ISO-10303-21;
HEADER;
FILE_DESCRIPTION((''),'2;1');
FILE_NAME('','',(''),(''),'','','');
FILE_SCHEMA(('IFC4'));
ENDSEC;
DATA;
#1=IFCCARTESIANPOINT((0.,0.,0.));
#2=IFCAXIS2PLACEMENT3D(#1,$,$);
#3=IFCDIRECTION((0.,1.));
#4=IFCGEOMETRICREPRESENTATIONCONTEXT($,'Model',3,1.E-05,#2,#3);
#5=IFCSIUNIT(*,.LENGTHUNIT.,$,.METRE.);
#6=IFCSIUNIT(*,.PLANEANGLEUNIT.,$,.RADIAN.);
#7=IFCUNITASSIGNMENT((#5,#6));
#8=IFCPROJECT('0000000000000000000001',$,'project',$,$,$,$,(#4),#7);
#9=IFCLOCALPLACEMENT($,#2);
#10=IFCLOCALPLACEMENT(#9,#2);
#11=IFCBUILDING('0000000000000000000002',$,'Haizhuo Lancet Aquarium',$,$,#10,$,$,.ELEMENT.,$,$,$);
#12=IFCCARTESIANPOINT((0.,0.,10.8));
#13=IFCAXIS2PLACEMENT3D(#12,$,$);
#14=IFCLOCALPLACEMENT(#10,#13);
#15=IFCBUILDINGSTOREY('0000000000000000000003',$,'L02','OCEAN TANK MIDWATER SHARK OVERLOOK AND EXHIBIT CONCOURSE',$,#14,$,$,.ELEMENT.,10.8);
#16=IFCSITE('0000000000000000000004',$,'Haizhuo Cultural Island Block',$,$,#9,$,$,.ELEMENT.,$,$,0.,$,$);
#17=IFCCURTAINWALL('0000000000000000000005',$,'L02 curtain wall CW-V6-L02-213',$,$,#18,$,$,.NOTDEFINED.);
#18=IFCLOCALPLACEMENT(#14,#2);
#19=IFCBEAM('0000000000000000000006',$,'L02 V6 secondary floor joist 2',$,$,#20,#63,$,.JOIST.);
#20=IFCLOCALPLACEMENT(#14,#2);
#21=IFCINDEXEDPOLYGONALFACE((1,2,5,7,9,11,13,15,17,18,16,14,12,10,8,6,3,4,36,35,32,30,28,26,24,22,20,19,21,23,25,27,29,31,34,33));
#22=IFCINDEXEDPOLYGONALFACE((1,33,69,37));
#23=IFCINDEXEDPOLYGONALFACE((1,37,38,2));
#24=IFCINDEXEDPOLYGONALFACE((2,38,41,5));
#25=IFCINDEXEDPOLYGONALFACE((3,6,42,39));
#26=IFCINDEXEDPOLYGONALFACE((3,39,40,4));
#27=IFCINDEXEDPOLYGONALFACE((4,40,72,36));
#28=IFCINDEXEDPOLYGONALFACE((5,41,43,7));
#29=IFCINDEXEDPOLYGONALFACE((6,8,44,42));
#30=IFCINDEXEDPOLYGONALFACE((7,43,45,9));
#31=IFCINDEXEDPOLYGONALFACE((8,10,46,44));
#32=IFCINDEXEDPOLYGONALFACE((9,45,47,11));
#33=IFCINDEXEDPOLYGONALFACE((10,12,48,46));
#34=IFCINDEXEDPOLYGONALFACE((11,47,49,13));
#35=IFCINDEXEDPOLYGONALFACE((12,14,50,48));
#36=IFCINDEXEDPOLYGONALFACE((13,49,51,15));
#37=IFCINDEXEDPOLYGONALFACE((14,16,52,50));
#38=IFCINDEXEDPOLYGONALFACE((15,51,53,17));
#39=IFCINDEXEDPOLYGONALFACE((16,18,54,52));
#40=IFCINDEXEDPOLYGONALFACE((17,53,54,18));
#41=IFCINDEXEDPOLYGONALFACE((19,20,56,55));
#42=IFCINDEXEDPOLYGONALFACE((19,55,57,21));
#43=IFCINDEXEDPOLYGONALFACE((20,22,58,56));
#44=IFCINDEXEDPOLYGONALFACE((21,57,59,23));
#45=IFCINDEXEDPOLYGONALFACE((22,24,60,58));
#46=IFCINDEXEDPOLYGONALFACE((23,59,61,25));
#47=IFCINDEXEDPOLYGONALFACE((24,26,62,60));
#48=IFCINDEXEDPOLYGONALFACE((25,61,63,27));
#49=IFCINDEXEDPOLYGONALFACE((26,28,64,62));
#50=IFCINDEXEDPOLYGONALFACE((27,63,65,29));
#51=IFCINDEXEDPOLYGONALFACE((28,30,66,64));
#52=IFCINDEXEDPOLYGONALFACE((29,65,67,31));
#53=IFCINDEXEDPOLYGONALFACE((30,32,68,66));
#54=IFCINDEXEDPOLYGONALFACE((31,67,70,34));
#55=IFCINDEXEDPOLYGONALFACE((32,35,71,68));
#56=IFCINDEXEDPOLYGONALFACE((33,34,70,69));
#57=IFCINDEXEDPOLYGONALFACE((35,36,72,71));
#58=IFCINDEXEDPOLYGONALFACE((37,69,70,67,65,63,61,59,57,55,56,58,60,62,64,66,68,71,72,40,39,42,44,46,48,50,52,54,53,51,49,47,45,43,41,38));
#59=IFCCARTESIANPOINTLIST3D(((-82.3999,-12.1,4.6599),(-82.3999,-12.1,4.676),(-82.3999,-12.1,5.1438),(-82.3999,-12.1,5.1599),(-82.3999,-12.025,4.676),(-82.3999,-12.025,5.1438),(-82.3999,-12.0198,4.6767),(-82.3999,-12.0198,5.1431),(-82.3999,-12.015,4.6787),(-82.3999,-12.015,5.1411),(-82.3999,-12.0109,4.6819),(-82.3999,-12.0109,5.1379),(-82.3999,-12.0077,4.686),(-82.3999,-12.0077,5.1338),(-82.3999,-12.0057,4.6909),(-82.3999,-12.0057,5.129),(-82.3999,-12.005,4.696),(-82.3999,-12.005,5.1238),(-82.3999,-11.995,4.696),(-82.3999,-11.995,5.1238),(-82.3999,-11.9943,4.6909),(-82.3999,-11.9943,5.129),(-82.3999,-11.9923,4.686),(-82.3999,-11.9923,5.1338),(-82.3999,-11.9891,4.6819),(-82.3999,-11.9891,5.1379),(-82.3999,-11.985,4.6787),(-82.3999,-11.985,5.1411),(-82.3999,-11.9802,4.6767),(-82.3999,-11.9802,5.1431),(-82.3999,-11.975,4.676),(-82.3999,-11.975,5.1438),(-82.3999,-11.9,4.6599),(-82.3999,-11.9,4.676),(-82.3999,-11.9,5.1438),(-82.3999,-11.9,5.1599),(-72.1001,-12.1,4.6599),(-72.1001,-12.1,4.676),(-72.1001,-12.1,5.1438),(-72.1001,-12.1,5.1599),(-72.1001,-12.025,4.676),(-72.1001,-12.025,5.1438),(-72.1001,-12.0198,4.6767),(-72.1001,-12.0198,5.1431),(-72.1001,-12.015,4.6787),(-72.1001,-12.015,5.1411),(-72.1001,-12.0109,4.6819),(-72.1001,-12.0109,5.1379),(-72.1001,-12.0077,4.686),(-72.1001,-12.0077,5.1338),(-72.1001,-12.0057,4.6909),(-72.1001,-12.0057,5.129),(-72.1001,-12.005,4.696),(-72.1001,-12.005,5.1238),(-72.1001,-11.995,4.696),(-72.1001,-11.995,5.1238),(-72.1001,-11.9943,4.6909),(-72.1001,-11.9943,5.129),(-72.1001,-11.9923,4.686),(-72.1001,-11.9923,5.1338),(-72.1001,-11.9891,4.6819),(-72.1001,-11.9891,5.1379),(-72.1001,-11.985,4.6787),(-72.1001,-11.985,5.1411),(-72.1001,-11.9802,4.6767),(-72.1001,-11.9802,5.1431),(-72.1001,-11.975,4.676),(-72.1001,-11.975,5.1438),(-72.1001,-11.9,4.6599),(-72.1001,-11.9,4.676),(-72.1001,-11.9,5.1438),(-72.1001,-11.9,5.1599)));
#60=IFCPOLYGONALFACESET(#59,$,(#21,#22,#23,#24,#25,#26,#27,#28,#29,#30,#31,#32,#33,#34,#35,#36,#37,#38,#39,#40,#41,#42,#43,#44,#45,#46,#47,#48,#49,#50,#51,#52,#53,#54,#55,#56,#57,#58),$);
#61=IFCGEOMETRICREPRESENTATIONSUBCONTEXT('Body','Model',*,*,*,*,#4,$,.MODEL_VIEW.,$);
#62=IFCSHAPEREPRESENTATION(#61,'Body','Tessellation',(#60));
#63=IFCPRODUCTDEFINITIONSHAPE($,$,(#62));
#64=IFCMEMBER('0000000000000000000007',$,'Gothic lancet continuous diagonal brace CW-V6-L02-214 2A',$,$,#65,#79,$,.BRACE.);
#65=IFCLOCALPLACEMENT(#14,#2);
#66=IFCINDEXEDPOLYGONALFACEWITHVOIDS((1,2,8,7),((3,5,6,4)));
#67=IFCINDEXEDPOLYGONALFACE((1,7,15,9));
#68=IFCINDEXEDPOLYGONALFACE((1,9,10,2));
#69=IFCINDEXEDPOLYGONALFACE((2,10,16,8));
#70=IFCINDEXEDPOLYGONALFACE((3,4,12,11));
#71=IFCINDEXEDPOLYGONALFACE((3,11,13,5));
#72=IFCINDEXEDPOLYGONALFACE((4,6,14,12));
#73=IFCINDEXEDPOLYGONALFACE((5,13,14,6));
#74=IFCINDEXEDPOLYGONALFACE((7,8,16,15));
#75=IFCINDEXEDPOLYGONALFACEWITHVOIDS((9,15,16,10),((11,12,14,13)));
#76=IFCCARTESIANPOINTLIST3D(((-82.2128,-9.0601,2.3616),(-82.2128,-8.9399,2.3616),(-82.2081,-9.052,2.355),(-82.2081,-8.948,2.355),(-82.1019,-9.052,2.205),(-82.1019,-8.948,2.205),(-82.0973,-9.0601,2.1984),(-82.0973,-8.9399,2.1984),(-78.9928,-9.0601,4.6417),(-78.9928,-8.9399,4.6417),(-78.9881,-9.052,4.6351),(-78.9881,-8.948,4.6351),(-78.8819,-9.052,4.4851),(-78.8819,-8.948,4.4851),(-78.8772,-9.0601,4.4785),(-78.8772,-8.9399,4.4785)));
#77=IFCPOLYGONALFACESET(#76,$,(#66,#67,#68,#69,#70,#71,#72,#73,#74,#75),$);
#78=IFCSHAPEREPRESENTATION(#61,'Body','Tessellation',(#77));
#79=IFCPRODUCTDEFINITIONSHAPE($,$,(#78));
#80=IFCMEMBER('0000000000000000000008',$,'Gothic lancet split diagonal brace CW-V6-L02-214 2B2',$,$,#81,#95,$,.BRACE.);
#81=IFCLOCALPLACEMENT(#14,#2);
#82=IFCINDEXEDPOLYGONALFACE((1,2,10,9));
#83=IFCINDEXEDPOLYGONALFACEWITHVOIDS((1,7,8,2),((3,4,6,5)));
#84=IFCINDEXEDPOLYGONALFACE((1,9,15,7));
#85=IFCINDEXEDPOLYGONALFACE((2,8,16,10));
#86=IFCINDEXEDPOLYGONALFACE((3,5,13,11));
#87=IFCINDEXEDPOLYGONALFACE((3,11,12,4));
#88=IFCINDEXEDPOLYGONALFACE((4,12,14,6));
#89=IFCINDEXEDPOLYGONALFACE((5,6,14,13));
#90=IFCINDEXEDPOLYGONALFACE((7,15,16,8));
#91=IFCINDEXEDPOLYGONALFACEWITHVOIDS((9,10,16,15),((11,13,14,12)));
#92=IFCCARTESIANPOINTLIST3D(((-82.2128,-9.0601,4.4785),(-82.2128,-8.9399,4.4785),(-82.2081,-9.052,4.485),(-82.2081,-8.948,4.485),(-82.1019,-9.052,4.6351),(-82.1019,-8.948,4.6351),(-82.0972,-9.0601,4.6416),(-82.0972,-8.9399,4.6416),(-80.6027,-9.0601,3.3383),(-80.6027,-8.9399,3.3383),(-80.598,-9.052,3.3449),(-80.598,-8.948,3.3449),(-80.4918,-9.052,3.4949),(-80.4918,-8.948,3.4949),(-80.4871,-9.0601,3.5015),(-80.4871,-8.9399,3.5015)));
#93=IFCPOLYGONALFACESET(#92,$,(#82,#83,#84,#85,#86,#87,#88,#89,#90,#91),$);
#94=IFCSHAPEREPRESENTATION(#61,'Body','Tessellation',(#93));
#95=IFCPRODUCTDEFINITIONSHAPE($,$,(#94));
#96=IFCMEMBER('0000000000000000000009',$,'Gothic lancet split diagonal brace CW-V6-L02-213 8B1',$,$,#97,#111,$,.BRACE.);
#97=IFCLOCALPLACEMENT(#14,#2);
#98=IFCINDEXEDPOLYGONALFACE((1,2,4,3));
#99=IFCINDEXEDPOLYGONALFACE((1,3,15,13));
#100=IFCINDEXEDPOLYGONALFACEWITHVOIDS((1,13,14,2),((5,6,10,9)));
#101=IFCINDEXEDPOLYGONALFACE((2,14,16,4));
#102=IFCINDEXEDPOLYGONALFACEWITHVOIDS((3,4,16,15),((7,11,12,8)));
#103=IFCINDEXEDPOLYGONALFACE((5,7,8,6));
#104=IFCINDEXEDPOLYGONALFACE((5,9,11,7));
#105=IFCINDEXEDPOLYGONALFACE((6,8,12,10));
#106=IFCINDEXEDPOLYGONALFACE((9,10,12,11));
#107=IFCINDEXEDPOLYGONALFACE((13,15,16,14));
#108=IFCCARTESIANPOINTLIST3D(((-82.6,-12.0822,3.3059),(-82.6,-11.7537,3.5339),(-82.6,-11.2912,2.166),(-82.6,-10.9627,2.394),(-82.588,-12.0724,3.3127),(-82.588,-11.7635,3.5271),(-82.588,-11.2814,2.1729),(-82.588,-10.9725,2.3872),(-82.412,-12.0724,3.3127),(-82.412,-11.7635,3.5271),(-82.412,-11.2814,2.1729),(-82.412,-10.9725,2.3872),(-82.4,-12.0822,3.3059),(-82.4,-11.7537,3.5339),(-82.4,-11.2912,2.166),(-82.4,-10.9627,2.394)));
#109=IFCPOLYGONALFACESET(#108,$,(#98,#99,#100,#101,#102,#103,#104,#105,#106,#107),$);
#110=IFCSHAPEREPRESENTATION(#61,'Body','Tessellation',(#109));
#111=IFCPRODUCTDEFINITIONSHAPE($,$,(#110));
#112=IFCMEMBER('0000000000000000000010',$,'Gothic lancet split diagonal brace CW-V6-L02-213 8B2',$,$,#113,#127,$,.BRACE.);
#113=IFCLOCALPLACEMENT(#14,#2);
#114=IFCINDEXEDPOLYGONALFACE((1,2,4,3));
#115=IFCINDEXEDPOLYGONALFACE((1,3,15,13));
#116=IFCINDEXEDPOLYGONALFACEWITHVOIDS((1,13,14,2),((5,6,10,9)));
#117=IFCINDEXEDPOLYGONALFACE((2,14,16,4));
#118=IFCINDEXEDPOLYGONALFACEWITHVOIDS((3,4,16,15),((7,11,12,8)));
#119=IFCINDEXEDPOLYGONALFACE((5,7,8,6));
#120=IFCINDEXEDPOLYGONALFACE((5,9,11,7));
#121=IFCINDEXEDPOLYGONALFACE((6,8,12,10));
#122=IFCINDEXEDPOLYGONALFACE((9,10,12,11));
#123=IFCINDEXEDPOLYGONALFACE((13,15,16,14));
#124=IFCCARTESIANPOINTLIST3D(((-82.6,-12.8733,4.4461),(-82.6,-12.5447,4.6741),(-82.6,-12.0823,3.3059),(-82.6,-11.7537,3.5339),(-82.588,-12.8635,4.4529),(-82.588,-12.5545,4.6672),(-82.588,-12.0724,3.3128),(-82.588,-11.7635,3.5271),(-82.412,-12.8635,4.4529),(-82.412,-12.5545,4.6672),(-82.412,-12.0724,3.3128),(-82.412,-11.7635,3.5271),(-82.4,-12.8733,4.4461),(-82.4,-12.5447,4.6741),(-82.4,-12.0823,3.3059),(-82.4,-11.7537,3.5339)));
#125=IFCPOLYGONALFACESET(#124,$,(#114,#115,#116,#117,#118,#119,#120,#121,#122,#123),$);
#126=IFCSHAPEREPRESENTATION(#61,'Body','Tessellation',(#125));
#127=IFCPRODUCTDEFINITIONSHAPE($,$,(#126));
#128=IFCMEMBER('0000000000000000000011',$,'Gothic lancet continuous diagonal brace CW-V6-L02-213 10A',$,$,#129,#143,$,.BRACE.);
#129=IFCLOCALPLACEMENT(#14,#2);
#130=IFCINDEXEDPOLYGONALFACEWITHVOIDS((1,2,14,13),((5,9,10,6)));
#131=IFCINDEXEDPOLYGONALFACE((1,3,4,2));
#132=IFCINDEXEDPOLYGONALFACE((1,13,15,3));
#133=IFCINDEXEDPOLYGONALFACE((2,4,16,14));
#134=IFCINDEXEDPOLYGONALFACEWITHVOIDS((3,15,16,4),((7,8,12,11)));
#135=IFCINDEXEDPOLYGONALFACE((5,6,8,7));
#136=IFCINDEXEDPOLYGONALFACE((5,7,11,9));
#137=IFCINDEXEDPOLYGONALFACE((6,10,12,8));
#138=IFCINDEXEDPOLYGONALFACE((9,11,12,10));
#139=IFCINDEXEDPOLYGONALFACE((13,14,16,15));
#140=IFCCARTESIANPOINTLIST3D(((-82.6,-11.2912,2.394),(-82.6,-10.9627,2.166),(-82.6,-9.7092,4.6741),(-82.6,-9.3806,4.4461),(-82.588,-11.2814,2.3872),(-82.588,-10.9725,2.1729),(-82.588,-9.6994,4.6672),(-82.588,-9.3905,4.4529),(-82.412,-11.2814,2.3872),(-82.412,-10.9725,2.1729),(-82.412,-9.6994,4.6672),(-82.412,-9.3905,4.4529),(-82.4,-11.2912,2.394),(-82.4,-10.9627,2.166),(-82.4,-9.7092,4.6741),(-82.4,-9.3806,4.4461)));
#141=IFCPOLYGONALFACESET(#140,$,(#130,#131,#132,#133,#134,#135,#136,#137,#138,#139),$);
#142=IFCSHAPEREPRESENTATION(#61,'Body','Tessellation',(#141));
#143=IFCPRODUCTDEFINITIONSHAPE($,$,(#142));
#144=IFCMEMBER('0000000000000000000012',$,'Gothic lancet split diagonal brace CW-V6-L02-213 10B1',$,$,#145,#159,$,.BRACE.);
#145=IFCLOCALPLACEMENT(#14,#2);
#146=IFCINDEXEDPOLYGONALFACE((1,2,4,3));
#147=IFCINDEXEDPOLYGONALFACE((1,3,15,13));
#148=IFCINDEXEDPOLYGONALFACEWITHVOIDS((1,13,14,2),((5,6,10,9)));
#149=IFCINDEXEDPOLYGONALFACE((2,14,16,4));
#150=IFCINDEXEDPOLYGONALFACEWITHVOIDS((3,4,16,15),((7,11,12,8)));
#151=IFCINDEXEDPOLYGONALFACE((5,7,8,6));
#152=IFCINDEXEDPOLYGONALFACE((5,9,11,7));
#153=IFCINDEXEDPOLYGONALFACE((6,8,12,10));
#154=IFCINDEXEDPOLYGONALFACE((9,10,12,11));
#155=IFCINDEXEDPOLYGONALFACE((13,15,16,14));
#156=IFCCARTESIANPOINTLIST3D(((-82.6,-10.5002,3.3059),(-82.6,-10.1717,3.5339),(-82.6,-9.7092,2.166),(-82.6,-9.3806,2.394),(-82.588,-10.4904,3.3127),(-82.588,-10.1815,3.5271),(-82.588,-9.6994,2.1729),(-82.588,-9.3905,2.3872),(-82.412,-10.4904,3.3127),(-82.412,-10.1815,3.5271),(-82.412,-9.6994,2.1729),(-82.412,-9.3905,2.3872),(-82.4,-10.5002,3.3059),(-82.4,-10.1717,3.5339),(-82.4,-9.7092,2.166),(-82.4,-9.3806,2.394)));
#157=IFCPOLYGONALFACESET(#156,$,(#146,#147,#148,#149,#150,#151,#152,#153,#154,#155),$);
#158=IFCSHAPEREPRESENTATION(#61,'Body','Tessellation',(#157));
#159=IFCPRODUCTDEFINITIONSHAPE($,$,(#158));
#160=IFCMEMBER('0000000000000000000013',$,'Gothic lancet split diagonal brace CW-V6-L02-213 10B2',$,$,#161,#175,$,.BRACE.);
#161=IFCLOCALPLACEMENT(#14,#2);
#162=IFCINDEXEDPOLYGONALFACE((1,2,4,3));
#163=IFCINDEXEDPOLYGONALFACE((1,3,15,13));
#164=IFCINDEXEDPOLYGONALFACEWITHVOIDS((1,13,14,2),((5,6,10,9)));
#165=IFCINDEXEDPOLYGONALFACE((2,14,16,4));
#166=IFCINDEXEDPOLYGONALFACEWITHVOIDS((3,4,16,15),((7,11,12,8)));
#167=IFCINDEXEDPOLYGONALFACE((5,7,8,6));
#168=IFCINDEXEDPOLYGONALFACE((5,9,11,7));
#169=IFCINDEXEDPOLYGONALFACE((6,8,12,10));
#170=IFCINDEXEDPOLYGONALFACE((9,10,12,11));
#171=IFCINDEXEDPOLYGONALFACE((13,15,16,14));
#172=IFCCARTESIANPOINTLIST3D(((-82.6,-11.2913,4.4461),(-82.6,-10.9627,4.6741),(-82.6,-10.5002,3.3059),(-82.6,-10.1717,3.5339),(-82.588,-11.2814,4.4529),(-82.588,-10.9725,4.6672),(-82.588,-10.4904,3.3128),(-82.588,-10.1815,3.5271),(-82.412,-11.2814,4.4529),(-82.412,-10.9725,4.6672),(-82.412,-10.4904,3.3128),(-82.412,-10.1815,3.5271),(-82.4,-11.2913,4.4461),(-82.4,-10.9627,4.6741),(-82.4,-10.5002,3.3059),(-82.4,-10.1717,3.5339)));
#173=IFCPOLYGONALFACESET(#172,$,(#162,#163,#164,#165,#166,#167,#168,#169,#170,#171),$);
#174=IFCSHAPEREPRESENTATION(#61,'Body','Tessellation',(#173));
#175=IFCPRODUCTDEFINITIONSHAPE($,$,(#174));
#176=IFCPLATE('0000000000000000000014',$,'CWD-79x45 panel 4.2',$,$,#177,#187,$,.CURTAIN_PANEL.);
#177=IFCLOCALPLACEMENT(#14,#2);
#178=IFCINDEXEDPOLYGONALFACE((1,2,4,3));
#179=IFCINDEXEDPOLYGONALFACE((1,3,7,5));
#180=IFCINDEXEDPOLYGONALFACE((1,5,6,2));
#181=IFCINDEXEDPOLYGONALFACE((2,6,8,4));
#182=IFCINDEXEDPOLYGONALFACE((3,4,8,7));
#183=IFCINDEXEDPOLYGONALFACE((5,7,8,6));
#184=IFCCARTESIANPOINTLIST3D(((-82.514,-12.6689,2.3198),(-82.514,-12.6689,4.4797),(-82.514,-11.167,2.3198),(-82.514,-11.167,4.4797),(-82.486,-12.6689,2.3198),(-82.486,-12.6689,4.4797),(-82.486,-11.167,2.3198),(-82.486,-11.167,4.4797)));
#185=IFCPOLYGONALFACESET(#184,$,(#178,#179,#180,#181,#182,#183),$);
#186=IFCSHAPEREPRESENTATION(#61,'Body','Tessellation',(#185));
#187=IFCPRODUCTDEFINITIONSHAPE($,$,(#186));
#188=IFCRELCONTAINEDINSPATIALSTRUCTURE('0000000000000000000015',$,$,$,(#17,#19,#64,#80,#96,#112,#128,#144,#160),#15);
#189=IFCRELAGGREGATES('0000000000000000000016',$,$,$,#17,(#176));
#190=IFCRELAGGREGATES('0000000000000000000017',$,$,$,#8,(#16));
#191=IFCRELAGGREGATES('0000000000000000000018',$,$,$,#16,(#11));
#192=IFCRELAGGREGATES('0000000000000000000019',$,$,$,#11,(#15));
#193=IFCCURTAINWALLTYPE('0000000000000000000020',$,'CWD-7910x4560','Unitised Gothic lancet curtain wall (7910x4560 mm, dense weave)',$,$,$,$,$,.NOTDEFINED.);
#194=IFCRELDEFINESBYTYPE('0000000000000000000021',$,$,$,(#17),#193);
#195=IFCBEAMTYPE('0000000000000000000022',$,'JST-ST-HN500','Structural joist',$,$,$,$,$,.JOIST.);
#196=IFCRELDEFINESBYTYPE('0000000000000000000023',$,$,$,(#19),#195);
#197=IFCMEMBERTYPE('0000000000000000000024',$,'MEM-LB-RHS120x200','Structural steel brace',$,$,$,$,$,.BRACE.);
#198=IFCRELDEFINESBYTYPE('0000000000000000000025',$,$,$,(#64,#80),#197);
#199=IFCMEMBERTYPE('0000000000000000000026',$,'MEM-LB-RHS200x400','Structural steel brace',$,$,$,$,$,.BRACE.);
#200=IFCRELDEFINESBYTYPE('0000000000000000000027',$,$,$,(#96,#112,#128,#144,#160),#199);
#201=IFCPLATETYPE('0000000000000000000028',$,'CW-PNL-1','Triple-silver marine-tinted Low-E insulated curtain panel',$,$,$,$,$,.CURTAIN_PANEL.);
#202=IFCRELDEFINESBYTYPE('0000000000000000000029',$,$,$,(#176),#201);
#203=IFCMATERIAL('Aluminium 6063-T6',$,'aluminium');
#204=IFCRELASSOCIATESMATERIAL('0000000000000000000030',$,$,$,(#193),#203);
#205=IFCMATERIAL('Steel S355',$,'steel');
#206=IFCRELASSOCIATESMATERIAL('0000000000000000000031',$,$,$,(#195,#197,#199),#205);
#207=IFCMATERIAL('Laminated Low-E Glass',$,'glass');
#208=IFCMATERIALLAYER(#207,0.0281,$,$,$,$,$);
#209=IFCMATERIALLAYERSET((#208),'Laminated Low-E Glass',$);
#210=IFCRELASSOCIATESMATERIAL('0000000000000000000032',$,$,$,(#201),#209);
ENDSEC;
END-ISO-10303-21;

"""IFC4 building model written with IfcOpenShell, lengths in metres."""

from ifc_helpers import new_model, si_unit, direction, frame, origin, origin_2d, place, context, subcontext, project, spatial, rectangle, hollow_rectangle, i_section, extrude, material, layer, layer_set, material_profile, profile_set, type_object, element, aggregate, save


model = new_model("IFC4")

# Units and contexts
model_context = context("Model", 3, precision=1e-05, world=origin(), true_north=direction((0.0, 1.0)))
body_context = subcontext(model_context, "Body", "Model", "MODEL_VIEW")
ifc_project = project(units=[si_unit("LENGTHUNIT", "METRE"), si_unit("PLANEANGLEUNIT", "RADIAN")], contexts=[model_context])

# Site, building, storey
site_placement = place(None, origin())
site = spatial("IfcSite", under=ifc_project, at=site_placement, Name="Haizhuo Cultural Island Block", CompositionType="ELEMENT", RefElevation=0.0)
building_placement = place(site_placement, origin())
building = spatial("IfcBuilding", under=site, at=building_placement, Name="Haizhuo Lancet Aquarium", CompositionType="ELEMENT")
storey_placement = place(building_placement, frame((0.0, 0.0, 10.8)))
storey = spatial("IfcBuildingStorey", under=building, at=storey_placement, Name="L02", Description="OCEAN TANK MIDWATER SHARK OVERLOOK AND EXHIBIT CONCOURSE", CompositionType="ELEMENT", Elevation=10.8)

# Shared definitions
ifc_material_1 = material(Name="Steel S355", Category="steel")

# Curtain wall
ifc_material_2 = material(Name="Aluminium 6063-T6", Category="aluminium")
curtain_wall_type_1 = type_object("IfcCurtainWallType", Name="CWD-7910x4560", Description="Unitised Gothic lancet curtain wall (7910x4560 mm, dense weave)", PredefinedType="NOTDEFINED", material=ifc_material_2)
curtain_wall_1_placement = place(storey_placement, origin())
curtain_wall_1 = element("IfcCurtainWall", 1, at=curtain_wall_1_placement, inside=storey, type_object=curtain_wall_type_1, Name="L02 curtain wall CW-V6-L02-213", PredefinedType="NOTDEFINED")

# Beam
ifc_material_profile_1 = material_profile(ifc_material_1, i_section(OverallWidth=0.2, OverallDepth=0.5, WebThickness=0.01, FlangeThickness=0.0161, FilletRadius=0.02, at=origin_2d()), Name="HN 500x200x10x16")
ifc_profile_set_1 = profile_set([ifc_material_profile_1], Name="Steel S355")
beam_type_1 = type_object("IfcBeamType", Name="JST-ST-HN500", Description="Structural joist", PredefinedType="JOIST", material=ifc_profile_set_1)
beam_1_placement = place(storey_placement, frame((-82.3999, -12.0, 4.9099), z_axis=(1.0, 0.0, 0.0), x_axis=(0.0, 1.0, 0.0)))
element("IfcBeam", 2, at=beam_1_placement, inside=storey, type_object=beam_type_1, Name="L02 V6 secondary floor joist 2", PredefinedType="JOIST", context=body_context, shape_type="SweptSolid", body=[
    extrude(i_section(OverallWidth=0.2, OverallDepth=0.5, WebThickness=0.01, FlangeThickness=0.0161, FilletRadius=0.02, at=origin_2d()), origin(), (0.0, 0.0, 1.0), 10.2998),
])

# Members
ifc_material_profile_2 = material_profile(ifc_material_1, hollow_rectangle(XDim=0.1201, YDim=0.2, WallThickness=0.0081, at=origin_2d()), Name="RHS 120x200x8")
ifc_profile_set_2 = profile_set([ifc_material_profile_2], Name="Steel S355")
member_type_1 = type_object("IfcMemberType", Name="MEM-LB-RHS120x200", Description="Structural steel brace", PredefinedType="BRACE", material=ifc_profile_set_2)
member_1_placement = place(storey_placement, frame((-82.155, -9.0, 2.28), z_axis=(0.816118, 0.0, 0.577885), x_axis=(0.0, 1.0, 0.0)))
element("IfcMember", 3, at=member_1_placement, inside=storey, type_object=member_type_1, Name="Gothic lancet continuous diagonal brace CW-V6-L02-214 2A", PredefinedType="BRACE", context=body_context, shape_type="SweptSolid", body=[
    extrude(hollow_rectangle(XDim=0.1201, YDim=0.2, WallThickness=0.0081, at=origin_2d()), origin(), (0.0, 0.0, 1.0), 3.9456),
])
member_2_placement = place(storey_placement, frame((-80.5449, -9.0, 3.4199), z_axis=(-0.81611, 0.0, 0.577897), x_axis=(0.0, -1.0, 0.0)))
element("IfcMember", 4, at=member_2_placement, inside=storey, type_object=member_type_1, Name="Gothic lancet split diagonal brace CW-V6-L02-214 2B2", PredefinedType="BRACE", context=body_context, shape_type="SweptSolid", body=[
    extrude(hollow_rectangle(XDim=0.1201, YDim=0.2, WallThickness=0.0081, at=origin_2d()), origin(), (0.0, 0.0, 1.0), 1.9729),
])
ifc_material_profile_3 = material_profile(ifc_material_1, hollow_rectangle(XDim=0.2, YDim=0.3999, WallThickness=0.012, at=origin_2d()), Name="RHS 200x400x12")
ifc_profile_set_3 = profile_set([ifc_material_profile_3], Name="Steel S355")
member_type_2 = type_object("IfcMemberType", Name="MEM-LB-RHS200x400", Description="Structural steel brace", PredefinedType="BRACE", material=ifc_profile_set_3)
member_3_placement = place(storey_placement, frame((-82.5, -11.127, 2.28), z_axis=(0.0, -0.570115, 0.821565), x_axis=(1.0, 0.0, 0.0)))
element("IfcMember", 5, at=member_3_placement, inside=storey, type_object=member_type_2, Name="Gothic lancet split diagonal brace CW-V6-L02-213 8B1", PredefinedType="BRACE", context=body_context, shape_type="SweptSolid", body=[
    extrude(hollow_rectangle(XDim=0.2, YDim=0.3999, WallThickness=0.012, at=origin_2d()), origin(), (0.0, 0.0, 1.0), 1.3875),
])
member_4_placement = place(storey_placement, frame((-82.5, -11.918, 3.4199), z_axis=(0.0, -0.570033, 0.821622), x_axis=(1.0, 0.0, 0.0)))
element("IfcMember", 6, at=member_4_placement, inside=storey, type_object=member_type_2, Name="Gothic lancet split diagonal brace CW-V6-L02-213 8B2", PredefinedType="BRACE", context=body_context, shape_type="SweptSolid", body=[
    extrude(hollow_rectangle(XDim=0.2, YDim=0.3999, WallThickness=0.012, at=origin_2d()), origin(), (0.0, 0.0, 1.0), 1.3877),
])
member_5_placement = place(storey_placement, frame((-82.5, -11.127, 2.28), z_axis=(0.0, 0.570074, 0.821593), x_axis=(-1.0, 0.0, 0.0)))
element("IfcMember", 7, at=member_5_placement, inside=storey, type_object=member_type_2, Name="Gothic lancet continuous diagonal brace CW-V6-L02-213 10A", PredefinedType="BRACE", context=body_context, shape_type="SweptSolid", body=[
    extrude(hollow_rectangle(XDim=0.2, YDim=0.3999, WallThickness=0.012, at=origin_2d()), origin(), (0.0, 0.0, 1.0), 2.7751),
])
member_6_placement = place(storey_placement, frame((-82.5, -9.5449, 2.28), z_axis=(0.0, -0.570115, 0.821565), x_axis=(1.0, 0.0, 0.0)))
element("IfcMember", 8, at=member_6_placement, inside=storey, type_object=member_type_2, Name="Gothic lancet split diagonal brace CW-V6-L02-213 10B1", PredefinedType="BRACE", context=body_context, shape_type="SweptSolid", body=[
    extrude(hollow_rectangle(XDim=0.2, YDim=0.3999, WallThickness=0.012, at=origin_2d()), origin(), (0.0, 0.0, 1.0), 1.3875),
])
member_7_placement = place(storey_placement, frame((-82.5, -10.3359, 3.4199), z_axis=(0.0, -0.570033, 0.821622), x_axis=(1.0, 0.0, 0.0)))
element("IfcMember", 9, at=member_7_placement, inside=storey, type_object=member_type_2, Name="Gothic lancet split diagonal brace CW-V6-L02-213 10B2", PredefinedType="BRACE", context=body_context, shape_type="SweptSolid", body=[
    extrude(hollow_rectangle(XDim=0.2, YDim=0.3999, WallThickness=0.012, at=origin_2d()), origin(), (0.0, 0.0, 1.0), 1.3877),
])

# Plate
ifc_material_3 = material(Name="Laminated Low-E Glass", Category="glass")
ifc_layer_1 = layer(ifc_material_3, 0.0281)
ifc_layer_set_1 = layer_set([ifc_layer_1], Name="Laminated Low-E Glass")
plate_type_1 = type_object("IfcPlateType", Name="CW-PNL-1", Description="Triple-silver marine-tinted Low-E insulated curtain panel", PredefinedType="CURTAIN_PANEL", material=ifc_layer_set_1)
plate_1_placement = place(storey_placement, frame((-82.5, -11.918, 2.3198), z_axis=(0.0, 0.0, 1.0), x_axis=(0.0, 1.0, 0.0)))
plate_1 = element("IfcPlate", 10, at=plate_1_placement, type_object=plate_type_1, Name="CWD-79x45 panel 4.2", PredefinedType="CURTAIN_PANEL", context=body_context, shape_type="SweptSolid", body=[
    extrude(rectangle(XDim=1.502, YDim=0.0281, at=origin_2d()), origin(), (0.0, 0.0, 1.0), 2.1599),
])
aggregate(curtain_wall_1, [plate_1])

save(model, "model.ifc")
